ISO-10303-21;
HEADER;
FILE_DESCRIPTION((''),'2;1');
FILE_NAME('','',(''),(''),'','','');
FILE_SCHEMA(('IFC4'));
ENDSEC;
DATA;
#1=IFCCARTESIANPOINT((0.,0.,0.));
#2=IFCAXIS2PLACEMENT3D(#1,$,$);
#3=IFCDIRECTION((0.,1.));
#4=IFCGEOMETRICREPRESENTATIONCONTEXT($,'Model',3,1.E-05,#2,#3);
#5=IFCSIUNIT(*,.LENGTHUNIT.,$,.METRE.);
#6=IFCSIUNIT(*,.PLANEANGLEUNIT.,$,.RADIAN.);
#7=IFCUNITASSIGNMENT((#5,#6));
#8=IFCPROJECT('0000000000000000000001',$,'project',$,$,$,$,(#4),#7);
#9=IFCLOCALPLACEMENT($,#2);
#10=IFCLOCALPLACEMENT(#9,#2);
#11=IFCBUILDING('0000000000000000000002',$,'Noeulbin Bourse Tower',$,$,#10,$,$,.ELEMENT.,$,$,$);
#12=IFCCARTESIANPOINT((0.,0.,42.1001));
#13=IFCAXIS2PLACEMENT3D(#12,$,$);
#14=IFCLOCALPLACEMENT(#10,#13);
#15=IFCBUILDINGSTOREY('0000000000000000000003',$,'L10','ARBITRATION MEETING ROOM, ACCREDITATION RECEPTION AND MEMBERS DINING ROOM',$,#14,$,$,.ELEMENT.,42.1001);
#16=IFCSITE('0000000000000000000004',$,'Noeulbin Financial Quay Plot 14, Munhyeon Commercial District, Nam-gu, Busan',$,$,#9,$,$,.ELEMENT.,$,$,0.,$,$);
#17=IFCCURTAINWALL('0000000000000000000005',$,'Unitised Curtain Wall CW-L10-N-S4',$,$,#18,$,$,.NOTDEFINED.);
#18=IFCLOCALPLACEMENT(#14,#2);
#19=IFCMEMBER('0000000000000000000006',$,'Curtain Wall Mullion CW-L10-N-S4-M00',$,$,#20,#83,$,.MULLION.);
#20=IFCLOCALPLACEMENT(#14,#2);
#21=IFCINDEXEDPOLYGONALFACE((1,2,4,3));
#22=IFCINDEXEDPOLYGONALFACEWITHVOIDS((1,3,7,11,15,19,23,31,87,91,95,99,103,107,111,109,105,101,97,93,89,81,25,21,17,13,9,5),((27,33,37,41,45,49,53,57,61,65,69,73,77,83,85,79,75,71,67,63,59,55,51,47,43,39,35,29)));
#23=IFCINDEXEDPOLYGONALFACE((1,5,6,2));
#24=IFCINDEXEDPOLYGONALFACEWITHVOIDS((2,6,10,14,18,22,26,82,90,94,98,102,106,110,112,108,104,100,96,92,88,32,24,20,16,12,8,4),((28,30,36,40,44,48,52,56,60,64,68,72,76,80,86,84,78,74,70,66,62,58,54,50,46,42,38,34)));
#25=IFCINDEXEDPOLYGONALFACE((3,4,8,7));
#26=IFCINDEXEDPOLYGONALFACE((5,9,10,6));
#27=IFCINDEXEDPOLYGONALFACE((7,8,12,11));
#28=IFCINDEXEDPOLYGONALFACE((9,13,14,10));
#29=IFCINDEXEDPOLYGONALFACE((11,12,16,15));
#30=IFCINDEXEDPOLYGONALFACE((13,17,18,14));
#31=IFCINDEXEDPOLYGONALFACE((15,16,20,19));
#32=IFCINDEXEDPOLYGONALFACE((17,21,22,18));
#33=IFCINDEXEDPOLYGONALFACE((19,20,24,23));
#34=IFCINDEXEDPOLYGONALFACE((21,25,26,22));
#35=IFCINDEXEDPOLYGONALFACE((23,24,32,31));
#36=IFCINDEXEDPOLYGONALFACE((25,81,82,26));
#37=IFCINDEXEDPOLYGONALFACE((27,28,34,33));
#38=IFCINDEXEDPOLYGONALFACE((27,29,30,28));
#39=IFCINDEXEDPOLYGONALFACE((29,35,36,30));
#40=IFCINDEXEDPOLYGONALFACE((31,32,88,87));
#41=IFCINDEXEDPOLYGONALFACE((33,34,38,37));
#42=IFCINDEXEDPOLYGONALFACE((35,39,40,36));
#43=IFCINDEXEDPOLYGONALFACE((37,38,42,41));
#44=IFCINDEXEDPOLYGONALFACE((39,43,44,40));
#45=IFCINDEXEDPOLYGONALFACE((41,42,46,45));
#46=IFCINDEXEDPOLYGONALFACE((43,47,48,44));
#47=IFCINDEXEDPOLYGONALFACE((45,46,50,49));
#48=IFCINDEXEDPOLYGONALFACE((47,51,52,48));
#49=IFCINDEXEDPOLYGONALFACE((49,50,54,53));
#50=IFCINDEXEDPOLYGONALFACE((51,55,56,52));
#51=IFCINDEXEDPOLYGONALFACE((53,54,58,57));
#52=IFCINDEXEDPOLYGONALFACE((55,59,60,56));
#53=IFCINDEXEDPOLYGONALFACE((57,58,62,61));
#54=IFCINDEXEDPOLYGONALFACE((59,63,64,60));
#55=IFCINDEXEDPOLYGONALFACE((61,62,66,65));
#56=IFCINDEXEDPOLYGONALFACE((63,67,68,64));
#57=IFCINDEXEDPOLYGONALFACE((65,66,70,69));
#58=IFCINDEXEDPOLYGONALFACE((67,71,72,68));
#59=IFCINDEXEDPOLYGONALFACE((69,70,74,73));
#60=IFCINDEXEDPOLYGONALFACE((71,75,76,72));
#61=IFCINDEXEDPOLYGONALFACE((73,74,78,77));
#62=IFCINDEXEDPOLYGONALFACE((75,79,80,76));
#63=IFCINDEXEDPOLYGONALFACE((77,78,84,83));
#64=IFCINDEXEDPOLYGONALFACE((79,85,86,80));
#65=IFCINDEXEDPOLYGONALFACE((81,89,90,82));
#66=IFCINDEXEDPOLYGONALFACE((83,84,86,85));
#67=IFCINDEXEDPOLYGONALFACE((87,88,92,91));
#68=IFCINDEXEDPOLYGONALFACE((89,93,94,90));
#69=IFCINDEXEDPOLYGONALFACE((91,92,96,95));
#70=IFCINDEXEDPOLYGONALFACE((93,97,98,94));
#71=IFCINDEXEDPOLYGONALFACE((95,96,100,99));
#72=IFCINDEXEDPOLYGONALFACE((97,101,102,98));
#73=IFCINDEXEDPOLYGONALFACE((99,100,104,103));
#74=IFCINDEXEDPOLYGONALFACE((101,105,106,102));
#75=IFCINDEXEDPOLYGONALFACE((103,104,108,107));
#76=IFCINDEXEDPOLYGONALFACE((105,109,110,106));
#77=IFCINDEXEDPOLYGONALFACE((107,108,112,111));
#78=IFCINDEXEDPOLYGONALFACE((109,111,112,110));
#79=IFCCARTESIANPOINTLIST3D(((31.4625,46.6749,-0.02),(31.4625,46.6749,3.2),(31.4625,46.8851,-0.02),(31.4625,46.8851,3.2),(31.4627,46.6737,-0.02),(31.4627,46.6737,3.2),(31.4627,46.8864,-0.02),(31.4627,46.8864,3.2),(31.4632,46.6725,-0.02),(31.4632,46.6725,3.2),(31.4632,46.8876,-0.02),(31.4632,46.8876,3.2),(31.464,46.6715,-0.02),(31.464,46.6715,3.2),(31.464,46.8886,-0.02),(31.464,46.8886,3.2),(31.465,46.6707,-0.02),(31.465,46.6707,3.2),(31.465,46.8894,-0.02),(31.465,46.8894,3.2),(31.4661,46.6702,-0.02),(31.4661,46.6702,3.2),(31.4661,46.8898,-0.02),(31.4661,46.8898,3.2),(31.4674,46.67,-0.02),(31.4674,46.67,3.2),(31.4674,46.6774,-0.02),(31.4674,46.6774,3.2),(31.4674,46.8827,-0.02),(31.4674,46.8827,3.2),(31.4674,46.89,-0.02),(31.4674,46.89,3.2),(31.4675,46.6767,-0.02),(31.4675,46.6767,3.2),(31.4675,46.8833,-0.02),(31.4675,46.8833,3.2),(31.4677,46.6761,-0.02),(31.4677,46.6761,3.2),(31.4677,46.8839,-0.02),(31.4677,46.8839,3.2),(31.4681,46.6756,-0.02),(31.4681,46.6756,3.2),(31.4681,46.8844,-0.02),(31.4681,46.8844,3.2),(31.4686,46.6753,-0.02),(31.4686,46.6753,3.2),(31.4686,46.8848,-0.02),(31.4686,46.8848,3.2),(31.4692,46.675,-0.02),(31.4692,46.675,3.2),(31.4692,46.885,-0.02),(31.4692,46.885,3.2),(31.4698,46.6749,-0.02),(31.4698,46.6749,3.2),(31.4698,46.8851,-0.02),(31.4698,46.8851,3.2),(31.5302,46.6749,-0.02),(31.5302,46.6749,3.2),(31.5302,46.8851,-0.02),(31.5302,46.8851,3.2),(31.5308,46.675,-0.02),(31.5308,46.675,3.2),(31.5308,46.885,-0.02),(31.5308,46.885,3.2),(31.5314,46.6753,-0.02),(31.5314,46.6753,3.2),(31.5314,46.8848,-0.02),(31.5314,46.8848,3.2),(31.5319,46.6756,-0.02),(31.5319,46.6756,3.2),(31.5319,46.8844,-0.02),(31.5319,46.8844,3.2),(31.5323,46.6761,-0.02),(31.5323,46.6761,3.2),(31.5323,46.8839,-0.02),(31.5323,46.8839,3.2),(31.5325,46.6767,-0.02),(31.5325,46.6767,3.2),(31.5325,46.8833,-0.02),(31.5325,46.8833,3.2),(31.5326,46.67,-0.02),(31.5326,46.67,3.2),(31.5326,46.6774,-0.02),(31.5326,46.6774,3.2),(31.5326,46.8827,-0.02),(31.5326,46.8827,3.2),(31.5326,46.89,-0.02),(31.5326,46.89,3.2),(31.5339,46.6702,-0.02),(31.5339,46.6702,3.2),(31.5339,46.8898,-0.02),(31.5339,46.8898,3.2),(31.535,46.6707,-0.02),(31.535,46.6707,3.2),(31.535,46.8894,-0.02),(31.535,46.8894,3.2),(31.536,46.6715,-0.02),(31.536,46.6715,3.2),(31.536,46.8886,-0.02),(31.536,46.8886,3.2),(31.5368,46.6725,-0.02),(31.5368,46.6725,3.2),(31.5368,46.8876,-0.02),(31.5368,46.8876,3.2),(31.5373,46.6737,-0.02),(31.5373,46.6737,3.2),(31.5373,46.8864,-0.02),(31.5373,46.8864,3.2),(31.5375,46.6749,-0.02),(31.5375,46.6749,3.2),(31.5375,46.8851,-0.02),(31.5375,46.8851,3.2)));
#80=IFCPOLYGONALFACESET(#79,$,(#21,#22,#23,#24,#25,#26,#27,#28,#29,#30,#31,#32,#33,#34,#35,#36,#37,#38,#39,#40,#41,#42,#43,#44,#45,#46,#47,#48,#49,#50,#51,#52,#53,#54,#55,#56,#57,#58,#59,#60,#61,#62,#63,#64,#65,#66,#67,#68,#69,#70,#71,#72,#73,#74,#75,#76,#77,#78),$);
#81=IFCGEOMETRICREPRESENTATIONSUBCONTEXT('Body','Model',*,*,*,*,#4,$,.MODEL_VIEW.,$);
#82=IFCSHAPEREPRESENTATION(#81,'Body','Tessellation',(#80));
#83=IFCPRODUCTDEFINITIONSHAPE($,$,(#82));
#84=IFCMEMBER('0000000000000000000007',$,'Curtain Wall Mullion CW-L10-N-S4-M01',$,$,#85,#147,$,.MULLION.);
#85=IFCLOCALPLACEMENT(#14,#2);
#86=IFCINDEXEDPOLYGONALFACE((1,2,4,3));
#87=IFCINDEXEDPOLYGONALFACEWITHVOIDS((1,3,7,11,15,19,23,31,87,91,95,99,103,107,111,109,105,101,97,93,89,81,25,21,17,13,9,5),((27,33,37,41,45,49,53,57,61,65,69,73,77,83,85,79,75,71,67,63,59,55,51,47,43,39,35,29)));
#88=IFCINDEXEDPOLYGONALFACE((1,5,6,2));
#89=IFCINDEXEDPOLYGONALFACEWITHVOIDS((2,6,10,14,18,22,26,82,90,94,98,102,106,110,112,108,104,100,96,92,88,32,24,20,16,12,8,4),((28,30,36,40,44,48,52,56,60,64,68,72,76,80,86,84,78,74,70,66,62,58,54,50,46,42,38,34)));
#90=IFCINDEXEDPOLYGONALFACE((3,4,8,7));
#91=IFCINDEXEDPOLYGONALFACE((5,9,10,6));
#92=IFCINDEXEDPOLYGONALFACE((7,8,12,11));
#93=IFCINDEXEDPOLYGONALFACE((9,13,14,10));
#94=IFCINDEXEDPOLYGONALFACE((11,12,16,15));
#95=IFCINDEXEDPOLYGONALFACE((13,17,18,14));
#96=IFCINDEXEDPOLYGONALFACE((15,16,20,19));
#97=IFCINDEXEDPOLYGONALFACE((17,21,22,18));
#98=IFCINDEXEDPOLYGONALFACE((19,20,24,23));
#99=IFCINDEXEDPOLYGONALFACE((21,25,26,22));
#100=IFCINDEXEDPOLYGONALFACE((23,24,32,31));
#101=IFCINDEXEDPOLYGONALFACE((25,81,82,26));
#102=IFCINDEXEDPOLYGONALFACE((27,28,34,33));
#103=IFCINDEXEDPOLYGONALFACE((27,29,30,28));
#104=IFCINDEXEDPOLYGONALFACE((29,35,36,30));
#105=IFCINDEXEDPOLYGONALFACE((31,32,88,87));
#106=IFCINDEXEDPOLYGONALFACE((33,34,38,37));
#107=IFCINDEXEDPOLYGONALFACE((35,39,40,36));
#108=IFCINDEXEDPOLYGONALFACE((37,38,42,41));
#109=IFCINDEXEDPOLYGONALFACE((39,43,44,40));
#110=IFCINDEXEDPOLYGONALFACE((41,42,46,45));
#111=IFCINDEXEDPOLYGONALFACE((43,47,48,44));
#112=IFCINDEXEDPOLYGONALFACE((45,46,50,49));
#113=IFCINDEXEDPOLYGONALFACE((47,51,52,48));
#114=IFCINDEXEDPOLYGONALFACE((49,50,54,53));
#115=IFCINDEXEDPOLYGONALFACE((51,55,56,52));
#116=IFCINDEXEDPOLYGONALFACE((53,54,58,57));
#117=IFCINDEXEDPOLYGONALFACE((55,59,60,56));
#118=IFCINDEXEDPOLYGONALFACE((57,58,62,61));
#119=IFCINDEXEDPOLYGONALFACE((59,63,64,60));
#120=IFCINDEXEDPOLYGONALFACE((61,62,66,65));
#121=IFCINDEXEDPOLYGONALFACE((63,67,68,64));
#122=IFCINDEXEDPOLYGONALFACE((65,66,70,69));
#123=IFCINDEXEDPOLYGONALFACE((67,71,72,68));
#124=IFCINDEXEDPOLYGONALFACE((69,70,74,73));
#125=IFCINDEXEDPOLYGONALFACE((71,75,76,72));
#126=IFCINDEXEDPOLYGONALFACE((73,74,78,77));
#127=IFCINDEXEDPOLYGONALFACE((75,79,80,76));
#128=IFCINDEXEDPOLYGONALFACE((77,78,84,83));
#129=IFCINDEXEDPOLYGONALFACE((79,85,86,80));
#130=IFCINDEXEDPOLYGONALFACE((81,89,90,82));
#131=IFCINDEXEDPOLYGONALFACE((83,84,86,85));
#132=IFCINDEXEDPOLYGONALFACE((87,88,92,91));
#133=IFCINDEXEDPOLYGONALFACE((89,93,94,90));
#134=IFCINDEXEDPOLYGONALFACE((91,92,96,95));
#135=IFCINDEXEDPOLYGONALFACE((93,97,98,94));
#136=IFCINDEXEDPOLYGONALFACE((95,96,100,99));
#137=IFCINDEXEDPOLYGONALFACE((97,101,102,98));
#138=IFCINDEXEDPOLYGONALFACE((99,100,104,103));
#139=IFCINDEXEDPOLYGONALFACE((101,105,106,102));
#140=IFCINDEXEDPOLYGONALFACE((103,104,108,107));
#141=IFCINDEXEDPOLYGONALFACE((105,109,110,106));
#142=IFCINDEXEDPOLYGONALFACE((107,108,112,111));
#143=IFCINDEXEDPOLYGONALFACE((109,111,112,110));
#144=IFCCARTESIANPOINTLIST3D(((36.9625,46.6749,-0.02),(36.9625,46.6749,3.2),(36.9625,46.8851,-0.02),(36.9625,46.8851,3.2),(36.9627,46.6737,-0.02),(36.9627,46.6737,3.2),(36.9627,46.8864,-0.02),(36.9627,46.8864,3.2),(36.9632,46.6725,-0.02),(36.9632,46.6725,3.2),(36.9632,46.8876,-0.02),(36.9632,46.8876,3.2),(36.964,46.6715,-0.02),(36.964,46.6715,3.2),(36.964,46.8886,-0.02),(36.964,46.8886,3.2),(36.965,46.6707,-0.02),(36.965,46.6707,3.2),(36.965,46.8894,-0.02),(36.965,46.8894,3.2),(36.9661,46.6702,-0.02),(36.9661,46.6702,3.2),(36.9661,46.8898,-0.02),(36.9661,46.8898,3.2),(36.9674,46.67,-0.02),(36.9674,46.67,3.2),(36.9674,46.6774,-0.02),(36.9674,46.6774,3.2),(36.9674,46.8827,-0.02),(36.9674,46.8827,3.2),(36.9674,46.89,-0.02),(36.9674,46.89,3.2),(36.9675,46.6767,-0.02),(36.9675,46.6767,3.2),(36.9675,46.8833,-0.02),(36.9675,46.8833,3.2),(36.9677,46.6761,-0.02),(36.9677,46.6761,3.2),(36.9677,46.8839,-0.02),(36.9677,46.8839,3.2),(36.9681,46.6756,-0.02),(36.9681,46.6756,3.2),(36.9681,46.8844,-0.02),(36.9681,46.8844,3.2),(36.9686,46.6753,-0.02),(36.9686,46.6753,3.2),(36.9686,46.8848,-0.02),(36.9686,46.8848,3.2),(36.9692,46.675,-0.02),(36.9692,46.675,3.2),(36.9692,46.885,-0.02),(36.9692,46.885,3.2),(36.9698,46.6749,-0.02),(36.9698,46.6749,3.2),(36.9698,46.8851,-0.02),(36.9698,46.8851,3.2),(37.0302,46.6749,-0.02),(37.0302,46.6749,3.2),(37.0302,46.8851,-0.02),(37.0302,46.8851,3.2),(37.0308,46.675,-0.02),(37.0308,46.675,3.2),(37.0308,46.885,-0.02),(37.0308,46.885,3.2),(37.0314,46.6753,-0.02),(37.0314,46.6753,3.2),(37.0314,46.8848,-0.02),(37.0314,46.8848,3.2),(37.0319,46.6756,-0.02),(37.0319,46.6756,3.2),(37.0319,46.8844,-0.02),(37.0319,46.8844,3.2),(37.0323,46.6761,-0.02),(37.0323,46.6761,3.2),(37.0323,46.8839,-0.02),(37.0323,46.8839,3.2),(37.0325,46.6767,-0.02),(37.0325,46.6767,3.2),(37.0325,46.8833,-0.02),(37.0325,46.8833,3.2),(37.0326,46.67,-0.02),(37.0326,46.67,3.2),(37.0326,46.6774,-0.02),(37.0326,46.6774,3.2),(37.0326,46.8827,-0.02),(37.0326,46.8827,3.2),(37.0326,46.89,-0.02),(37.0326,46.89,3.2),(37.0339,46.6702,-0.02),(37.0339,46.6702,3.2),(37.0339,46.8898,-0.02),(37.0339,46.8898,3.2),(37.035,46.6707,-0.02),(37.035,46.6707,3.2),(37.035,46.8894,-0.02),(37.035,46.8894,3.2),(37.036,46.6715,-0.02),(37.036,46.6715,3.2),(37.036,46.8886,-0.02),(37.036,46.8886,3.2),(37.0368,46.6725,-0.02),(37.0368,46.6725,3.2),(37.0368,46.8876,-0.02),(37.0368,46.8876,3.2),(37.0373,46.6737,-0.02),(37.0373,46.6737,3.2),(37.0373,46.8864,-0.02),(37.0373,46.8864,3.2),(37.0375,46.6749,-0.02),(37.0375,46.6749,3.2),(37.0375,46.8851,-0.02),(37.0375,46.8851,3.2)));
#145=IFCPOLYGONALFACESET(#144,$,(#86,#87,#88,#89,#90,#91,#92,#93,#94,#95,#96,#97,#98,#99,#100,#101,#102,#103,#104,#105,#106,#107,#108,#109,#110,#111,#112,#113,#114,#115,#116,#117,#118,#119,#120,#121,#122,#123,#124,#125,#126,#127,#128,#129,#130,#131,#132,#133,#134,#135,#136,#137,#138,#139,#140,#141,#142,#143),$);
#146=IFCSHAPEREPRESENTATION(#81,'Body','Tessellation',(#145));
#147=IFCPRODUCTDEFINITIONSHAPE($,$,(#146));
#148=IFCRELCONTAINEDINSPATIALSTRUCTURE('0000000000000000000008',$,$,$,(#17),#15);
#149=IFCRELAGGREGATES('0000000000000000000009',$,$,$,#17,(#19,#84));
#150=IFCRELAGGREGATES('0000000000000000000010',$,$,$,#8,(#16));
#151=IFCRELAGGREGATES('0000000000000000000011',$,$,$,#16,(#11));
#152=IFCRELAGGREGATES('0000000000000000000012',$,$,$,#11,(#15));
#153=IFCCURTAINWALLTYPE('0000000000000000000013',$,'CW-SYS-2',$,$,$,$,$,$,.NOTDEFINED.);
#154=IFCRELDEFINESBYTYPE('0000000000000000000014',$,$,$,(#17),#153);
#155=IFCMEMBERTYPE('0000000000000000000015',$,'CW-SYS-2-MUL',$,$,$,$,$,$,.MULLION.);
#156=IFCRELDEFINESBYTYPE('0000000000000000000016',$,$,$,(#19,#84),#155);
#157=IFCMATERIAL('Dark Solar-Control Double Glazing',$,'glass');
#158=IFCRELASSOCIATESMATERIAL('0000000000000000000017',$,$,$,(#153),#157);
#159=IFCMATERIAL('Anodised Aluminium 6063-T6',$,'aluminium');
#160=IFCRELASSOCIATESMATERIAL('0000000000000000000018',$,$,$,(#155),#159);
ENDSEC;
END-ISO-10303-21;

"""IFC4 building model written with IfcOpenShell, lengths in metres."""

from ifc_helpers import new_model, si_unit, direction, frame, origin, origin_2d, place, context, subcontext, project, spatial, hollow_rectangle, extrude, material, material_profile, profile_set, type_object, element, aggregate, save


model = new_model("IFC4")

# Units and contexts
model_context = context("Model", 3, precision=1e-05, world=origin(), true_north=direction((0.0, 1.0)))
body_context = subcontext(model_context, "Body", "Model", "MODEL_VIEW")
ifc_project = project(units=[si_unit("LENGTHUNIT", "METRE"), si_unit("PLANEANGLEUNIT", "RADIAN")], contexts=[model_context])

# Site, building, storey
site_placement = place(None, origin())
site = spatial("IfcSite", under=ifc_project, at=site_placement, Name="Noeulbin Financial Quay Plot 14, Munhyeon Commercial District, Nam-gu, Busan", CompositionType="ELEMENT", RefElevation=0.0)
building_placement = place(site_placement, origin())
building = spatial("IfcBuilding", under=site, at=building_placement, Name="Noeulbin Bourse Tower", CompositionType="ELEMENT")
storey_placement = place(building_placement, frame((0.0, 0.0, 42.1001)))
storey = spatial("IfcBuildingStorey", under=building, at=storey_placement, Name="L10", Description="ARBITRATION MEETING ROOM, ACCREDITATION RECEPTION AND MEMBERS DINING ROOM", CompositionType="ELEMENT", Elevation=42.1001)

# Shared definitions
ifc_material_1 = material(Name="Dark Solar-Control Double Glazing", Category="glass")
curtain_wall_type = type_object("IfcCurtainWallType", Name="CW-SYS-2", PredefinedType="NOTDEFINED", material=ifc_material_1)
ifc_material_2 = material(Name="Anodised Aluminium 6063-T6", Category="aluminium")
ifc_material_profile_1 = material_profile(ifc_material_2, hollow_rectangle(XDim=0.075, YDim=0.22, WallThickness=0.0049, InnerFilletRadius=0.0024, OuterFilletRadius=0.0049, at=origin_2d()), Name="ALU-MULL-75x220x5", Category="LoadBearing")
ifc_profile_set_1 = profile_set([ifc_material_profile_1], Name="Anodised Aluminium 6063-T6")
member_type_1 = type_object("IfcMemberType", Name="CW-SYS-2-MUL", PredefinedType="MULLION", material=ifc_profile_set_1)

# Curtain wall, members
curtain_wall_1_placement = place(storey_placement, origin())
curtain_wall_1 = element("IfcCurtainWall", 1, at=curtain_wall_1_placement, inside=storey, type_object=curtain_wall_type, Name="Unitised Curtain Wall CW-L10-N-S4", PredefinedType="NOTDEFINED")
member_1_placement = place(storey_placement, frame((31.5, 46.78, -0.02), z_axis=(0.0, 0.0, 1.0), x_axis=(1.0, 0.0, 0.0)))
member_1 = element("IfcMember", 2, at=member_1_placement, type_object=member_type_1, Name="Curtain Wall Mullion CW-L10-N-S4-M00", PredefinedType="MULLION", context=body_context, shape_type="SweptSolid", body=[
    extrude(hollow_rectangle(XDim=0.075, YDim=0.22, WallThickness=0.0049, InnerFilletRadius=0.0024, OuterFilletRadius=0.0049, at=origin_2d()), origin(), (0.0, 0.0, 1.0), 3.22),
])
member_2_placement = place(storey_placement, frame((37.0, 46.78, -0.02), z_axis=(0.0, 0.0, 1.0), x_axis=(1.0, 0.0, 0.0)))
member_2 = element("IfcMember", 3, at=member_2_placement, type_object=member_type_1, Name="Curtain Wall Mullion CW-L10-N-S4-M01", PredefinedType="MULLION", context=body_context, shape_type="SweptSolid", body=[
    extrude(hollow_rectangle(XDim=0.075, YDim=0.22, WallThickness=0.0049, InnerFilletRadius=0.0024, OuterFilletRadius=0.0049, at=origin_2d()), origin(), (0.0, 0.0, 1.0), 3.22),
])

aggregate(curtain_wall_1, [member_1, member_2])

save(model, "model.ifc")
